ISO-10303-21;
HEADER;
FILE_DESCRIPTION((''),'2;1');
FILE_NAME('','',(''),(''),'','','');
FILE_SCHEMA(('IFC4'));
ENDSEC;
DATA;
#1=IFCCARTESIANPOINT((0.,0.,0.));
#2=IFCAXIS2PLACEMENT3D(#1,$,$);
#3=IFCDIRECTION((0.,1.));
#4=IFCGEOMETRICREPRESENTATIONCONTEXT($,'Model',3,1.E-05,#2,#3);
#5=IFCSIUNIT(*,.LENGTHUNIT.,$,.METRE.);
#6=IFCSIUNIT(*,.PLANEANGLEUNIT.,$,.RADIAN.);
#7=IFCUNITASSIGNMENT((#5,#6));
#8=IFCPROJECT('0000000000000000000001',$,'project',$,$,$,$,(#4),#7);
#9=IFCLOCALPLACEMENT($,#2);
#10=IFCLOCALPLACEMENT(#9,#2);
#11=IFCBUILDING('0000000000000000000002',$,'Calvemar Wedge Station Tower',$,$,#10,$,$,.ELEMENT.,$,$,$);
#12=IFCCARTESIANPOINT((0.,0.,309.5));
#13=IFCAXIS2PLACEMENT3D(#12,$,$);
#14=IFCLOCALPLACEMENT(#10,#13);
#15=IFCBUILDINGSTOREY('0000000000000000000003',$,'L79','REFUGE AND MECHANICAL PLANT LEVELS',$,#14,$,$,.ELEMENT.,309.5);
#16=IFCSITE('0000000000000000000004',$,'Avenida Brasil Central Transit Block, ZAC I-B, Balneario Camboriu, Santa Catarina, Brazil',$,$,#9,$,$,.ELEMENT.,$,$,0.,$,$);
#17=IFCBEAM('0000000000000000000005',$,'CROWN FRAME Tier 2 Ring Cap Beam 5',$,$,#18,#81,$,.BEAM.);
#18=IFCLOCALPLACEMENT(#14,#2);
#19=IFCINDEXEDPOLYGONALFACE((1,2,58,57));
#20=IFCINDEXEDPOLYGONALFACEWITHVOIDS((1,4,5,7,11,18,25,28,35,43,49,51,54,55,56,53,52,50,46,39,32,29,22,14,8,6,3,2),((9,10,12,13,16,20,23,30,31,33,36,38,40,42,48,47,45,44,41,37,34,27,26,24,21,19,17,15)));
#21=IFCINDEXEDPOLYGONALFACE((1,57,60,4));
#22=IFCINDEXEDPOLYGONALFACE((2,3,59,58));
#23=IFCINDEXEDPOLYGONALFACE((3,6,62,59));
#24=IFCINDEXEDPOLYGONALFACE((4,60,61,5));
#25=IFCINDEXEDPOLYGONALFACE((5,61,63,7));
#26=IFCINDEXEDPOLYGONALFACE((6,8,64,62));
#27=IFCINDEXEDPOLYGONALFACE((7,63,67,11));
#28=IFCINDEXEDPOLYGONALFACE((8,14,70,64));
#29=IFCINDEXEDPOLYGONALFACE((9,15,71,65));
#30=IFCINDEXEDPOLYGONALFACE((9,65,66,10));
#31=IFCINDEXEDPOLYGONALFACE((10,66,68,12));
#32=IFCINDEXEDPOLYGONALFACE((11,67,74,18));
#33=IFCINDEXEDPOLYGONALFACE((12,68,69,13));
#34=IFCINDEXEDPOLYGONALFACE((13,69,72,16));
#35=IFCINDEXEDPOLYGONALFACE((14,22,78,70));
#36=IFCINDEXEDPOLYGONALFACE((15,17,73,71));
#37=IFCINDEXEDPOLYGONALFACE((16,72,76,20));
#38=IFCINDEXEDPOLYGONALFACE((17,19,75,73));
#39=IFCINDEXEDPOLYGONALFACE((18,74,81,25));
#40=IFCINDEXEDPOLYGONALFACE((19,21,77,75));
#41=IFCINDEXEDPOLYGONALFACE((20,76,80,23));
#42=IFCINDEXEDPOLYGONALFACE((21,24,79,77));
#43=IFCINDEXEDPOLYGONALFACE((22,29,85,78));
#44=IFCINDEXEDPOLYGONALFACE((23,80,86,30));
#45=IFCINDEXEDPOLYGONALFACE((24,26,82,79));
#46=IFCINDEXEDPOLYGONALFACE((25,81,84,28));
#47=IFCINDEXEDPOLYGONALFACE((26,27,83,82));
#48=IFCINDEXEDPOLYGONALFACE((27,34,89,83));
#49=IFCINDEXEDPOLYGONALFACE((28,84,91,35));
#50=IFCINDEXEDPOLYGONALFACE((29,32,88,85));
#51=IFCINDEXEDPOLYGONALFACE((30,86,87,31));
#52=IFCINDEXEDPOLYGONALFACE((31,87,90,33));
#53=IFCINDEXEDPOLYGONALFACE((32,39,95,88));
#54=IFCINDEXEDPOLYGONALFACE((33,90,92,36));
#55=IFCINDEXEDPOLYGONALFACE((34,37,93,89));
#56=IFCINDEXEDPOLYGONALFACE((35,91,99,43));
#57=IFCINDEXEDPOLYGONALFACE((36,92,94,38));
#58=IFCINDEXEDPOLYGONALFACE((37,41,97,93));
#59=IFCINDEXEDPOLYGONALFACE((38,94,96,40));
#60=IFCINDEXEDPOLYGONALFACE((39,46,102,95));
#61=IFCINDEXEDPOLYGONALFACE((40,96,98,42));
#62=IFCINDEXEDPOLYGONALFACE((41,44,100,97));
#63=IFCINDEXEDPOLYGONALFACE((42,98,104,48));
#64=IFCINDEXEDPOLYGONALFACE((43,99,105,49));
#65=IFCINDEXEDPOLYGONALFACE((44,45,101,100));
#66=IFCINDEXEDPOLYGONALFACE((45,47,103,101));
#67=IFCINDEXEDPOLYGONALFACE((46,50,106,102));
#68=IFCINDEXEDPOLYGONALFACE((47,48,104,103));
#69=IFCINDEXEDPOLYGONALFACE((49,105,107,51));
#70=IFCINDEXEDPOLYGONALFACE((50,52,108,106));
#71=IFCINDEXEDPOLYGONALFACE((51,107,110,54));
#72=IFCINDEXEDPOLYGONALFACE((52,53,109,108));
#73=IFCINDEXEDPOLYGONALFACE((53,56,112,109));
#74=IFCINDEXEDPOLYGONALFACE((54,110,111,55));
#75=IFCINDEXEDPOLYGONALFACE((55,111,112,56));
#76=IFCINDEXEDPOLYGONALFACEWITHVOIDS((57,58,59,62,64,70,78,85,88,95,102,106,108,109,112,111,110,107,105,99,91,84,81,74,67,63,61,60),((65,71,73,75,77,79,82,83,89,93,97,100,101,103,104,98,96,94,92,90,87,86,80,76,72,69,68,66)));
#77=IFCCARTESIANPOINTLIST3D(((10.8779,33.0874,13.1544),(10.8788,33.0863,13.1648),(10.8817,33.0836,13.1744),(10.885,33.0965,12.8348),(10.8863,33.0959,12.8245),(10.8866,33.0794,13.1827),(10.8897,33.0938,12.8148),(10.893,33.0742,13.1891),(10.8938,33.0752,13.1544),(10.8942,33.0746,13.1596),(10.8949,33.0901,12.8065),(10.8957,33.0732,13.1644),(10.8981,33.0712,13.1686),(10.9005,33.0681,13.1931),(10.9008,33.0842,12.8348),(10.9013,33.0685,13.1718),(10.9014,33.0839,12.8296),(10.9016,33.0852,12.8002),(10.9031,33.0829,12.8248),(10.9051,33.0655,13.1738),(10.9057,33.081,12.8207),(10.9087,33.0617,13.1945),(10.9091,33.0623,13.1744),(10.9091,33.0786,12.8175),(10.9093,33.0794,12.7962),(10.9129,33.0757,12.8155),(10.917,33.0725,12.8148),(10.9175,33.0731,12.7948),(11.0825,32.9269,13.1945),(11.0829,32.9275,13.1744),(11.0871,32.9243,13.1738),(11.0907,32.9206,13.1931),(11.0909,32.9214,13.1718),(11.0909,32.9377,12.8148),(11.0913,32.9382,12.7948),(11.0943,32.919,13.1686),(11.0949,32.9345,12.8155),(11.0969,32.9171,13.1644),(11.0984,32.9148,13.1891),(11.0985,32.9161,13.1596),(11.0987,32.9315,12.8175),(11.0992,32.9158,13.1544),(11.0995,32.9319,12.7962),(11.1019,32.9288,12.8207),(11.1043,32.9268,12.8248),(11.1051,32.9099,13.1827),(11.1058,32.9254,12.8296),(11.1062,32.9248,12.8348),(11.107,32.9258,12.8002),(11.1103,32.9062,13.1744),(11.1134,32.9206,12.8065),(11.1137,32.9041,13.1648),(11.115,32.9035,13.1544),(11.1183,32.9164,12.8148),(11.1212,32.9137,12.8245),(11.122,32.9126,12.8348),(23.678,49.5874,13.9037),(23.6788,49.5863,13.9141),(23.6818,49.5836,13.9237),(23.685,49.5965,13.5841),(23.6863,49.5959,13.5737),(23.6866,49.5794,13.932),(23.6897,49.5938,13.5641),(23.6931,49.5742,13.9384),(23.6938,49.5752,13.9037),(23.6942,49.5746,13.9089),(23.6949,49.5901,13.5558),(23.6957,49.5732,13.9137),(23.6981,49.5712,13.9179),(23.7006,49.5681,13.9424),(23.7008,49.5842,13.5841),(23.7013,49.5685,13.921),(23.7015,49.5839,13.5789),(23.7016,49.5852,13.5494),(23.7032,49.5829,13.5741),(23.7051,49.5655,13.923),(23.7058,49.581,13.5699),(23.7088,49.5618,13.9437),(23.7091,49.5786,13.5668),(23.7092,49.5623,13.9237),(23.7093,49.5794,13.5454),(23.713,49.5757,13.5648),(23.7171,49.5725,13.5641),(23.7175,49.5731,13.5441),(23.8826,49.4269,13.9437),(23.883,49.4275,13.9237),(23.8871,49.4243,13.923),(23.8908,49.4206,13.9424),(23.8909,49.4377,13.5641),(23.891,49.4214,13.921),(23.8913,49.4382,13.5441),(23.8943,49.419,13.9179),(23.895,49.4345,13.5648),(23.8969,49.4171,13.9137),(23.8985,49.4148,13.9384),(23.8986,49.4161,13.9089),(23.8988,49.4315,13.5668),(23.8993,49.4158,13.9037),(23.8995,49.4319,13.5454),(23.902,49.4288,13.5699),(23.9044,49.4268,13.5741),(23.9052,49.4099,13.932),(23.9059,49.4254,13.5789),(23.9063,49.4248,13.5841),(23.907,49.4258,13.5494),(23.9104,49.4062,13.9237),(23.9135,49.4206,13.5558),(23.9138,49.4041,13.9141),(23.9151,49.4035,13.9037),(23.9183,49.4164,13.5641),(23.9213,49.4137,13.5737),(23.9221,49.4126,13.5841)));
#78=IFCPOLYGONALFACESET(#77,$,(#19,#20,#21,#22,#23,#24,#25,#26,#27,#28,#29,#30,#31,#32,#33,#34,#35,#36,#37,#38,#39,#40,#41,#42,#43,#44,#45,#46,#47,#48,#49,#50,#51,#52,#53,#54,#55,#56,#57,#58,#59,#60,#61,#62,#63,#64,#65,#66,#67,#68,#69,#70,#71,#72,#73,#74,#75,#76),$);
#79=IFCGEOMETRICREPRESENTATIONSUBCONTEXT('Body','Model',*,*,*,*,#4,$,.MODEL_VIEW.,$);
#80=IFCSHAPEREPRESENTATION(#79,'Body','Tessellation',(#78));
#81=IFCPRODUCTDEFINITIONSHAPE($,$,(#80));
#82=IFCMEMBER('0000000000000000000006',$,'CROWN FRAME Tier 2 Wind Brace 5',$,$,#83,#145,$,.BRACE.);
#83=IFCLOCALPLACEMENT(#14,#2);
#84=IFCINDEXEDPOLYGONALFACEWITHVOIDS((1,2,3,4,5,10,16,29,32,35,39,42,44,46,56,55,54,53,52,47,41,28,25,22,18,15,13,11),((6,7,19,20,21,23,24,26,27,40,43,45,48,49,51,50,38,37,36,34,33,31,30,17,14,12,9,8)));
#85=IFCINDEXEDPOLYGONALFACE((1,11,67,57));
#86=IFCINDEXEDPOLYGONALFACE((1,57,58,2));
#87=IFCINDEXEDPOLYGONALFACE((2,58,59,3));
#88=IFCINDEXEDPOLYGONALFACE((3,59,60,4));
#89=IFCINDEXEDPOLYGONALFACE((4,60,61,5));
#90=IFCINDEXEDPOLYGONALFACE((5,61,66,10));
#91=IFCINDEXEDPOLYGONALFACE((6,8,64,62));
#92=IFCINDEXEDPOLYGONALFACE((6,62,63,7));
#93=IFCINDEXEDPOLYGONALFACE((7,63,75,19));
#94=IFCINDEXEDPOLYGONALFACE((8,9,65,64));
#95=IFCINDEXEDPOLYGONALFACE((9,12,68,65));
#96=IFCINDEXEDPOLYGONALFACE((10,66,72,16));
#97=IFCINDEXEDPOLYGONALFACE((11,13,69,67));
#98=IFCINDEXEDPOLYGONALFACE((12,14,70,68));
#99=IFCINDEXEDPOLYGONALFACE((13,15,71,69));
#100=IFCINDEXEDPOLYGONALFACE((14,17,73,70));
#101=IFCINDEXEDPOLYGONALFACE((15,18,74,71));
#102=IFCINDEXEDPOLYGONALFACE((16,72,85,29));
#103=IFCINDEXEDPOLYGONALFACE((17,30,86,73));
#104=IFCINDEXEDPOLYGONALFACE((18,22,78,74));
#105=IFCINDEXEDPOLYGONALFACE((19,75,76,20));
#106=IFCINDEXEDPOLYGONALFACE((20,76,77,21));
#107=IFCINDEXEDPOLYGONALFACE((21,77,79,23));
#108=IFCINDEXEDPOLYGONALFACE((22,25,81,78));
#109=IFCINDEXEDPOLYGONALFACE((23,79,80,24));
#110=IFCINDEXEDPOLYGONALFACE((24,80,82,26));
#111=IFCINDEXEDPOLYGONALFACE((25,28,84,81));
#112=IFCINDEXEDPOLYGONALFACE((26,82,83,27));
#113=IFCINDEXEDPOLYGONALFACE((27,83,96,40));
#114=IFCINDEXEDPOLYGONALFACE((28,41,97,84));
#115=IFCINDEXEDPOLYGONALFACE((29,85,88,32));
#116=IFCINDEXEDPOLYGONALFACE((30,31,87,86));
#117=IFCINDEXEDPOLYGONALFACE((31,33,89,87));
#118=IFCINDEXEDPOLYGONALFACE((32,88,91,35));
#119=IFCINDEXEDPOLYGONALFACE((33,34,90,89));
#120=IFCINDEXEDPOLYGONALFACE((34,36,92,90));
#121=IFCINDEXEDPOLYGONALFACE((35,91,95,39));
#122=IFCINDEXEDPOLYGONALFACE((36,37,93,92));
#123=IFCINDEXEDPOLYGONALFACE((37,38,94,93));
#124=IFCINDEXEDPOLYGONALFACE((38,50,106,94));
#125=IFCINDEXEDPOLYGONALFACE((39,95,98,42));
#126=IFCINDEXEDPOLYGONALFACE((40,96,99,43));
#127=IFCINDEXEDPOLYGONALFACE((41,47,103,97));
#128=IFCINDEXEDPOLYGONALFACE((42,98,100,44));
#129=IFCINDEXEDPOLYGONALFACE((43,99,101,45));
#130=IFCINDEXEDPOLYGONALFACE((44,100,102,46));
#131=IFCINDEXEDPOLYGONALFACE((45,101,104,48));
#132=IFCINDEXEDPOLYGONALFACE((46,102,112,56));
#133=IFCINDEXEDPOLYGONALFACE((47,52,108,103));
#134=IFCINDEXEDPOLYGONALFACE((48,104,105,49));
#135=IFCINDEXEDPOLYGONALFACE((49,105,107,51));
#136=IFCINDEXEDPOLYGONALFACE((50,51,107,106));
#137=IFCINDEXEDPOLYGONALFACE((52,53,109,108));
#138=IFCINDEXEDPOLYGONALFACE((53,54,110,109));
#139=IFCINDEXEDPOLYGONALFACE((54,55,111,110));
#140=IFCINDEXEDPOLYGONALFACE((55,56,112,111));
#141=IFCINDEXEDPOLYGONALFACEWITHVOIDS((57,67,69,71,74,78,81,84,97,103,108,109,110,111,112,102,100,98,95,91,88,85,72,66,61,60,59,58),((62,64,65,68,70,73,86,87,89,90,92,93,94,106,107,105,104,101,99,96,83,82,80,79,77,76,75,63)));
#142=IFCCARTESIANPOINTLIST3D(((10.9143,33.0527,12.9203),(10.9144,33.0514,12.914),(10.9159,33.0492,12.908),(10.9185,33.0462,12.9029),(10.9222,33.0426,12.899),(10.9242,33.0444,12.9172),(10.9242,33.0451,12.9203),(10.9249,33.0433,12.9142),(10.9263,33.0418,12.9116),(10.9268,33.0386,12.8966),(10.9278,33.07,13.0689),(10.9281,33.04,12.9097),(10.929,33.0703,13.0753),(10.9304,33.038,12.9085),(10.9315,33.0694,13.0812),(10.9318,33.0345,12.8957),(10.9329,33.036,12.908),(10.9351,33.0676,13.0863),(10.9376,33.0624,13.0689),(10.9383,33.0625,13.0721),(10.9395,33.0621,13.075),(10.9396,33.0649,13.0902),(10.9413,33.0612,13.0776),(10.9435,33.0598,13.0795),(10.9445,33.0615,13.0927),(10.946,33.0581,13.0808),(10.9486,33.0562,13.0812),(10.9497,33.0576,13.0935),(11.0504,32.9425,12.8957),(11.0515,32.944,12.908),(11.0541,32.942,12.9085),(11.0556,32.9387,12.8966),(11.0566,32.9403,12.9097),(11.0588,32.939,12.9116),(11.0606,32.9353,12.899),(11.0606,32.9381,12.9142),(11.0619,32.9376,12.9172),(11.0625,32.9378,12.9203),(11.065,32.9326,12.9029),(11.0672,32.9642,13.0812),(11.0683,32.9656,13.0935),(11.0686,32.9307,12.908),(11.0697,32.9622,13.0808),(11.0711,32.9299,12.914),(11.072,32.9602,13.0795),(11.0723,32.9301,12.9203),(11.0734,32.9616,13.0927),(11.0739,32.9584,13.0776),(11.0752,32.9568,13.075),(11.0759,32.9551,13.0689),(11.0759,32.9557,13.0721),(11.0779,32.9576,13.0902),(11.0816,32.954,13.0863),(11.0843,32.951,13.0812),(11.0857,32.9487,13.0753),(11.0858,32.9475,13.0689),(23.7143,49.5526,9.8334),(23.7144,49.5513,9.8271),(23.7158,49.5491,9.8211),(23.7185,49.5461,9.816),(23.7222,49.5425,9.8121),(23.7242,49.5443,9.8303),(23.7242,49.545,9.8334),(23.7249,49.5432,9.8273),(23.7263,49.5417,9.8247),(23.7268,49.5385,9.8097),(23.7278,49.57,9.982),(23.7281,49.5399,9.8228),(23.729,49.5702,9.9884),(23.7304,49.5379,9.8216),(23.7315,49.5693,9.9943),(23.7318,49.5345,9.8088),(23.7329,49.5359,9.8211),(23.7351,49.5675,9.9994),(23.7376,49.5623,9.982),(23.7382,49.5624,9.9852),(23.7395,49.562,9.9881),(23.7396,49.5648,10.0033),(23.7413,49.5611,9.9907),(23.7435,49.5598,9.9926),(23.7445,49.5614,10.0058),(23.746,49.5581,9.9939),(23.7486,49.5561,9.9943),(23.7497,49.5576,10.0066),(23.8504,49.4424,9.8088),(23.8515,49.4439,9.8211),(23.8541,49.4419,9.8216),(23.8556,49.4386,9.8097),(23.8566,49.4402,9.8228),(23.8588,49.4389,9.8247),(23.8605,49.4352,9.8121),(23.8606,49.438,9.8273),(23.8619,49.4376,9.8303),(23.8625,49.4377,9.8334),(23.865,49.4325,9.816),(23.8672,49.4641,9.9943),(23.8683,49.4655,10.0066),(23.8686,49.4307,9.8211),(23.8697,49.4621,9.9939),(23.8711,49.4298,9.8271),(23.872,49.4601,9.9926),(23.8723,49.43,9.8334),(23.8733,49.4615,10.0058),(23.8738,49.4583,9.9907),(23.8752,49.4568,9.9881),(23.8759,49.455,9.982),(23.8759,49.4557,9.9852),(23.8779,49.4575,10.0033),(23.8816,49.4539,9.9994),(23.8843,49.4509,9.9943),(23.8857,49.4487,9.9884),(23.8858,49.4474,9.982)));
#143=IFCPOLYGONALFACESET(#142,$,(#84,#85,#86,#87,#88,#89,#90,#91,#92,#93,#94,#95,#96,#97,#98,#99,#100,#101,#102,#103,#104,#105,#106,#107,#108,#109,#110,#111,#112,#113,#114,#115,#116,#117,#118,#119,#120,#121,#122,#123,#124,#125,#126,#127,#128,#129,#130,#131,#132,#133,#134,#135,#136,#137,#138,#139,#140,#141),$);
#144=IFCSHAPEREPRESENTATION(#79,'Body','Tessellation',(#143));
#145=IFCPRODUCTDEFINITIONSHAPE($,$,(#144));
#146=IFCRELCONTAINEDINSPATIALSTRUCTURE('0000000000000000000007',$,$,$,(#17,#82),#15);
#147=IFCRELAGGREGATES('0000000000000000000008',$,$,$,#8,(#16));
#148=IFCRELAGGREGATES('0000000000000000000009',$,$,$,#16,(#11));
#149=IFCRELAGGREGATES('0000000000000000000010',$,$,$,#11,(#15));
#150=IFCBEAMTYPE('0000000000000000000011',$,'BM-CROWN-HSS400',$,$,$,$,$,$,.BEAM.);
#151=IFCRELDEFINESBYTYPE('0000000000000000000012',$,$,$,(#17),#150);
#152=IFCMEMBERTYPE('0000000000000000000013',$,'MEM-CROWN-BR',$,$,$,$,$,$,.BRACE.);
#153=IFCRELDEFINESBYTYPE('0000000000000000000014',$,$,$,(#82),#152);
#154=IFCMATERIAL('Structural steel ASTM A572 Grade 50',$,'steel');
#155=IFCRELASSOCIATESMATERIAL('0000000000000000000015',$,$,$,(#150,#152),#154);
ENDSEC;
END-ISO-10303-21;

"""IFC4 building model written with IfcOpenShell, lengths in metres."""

from ifc_helpers import new_model, si_unit, direction, frame, origin, origin_2d, place, context, subcontext, project, spatial, hollow_rectangle, extrude, source, transform, mapped, material, material_profile, profile_set, type_object, element, save


model = new_model("IFC4")

# Units and contexts
model_context = context("Model", 3, precision=1e-05, world=origin(), true_north=direction((0.0, 1.0)))
body_context = subcontext(model_context, "Body", "Model", "MODEL_VIEW")
ifc_project = project(units=[si_unit("LENGTHUNIT", "METRE"), si_unit("PLANEANGLEUNIT", "RADIAN")], contexts=[model_context])

# Site, building, storey
site_placement = place(None, origin())
site = spatial("IfcSite", under=ifc_project, at=site_placement, Name="Avenida Brasil Central Transit Block, ZAC I-B, Balneario Camboriu, Santa Catarina, Brazil", CompositionType="ELEMENT", RefElevation=0.0)
building_placement = place(site_placement, origin())
building = spatial("IfcBuilding", under=site, at=building_placement, Name="Calvemar Wedge Station Tower", CompositionType="ELEMENT")
storey_placement = place(building_placement, frame((0.0, 0.0, 309.5)))
storey = spatial("IfcBuildingStorey", under=building, at=storey_placement, Name="L79", Description="REFUGE AND MECHANICAL PLANT LEVELS", CompositionType="ELEMENT", Elevation=309.5)

# Shared definitions
ifc_material_1 = material(Name="Structural steel ASTM A572 Grade 50", Category="steel")

# Shared definitions
ifc_material_profile_1 = material_profile(ifc_material_1, hollow_rectangle(XDim=0.3, YDim=0.3999, WallThickness=0.02, InnerFilletRadius=0.02, OuterFilletRadius=0.04, at=origin_2d()), Name="HSS400x300x20")
ifc_profile_set_1 = profile_set([ifc_material_profile_1], Name="Structural steel ASTM A572 Grade 50")
beam_type = type_object("IfcBeamType", Name="BM-CROWN-HSS400", PredefinedType="BEAM", material=ifc_profile_set_1)

# Shared definitions
ifc_material_profile_2 = material_profile(ifc_material_1, hollow_rectangle(XDim=0.2, YDim=0.2, WallThickness=0.0125, InnerFilletRadius=0.0125, OuterFilletRadius=0.0249, at=origin_2d()), Name="HSS200x200x12.5")
ifc_profile_set_2 = profile_set([ifc_material_profile_2], Name="Structural steel ASTM A572 Grade 50")
member_type = type_object("IfcMemberType", Name="MEM-CROWN-BR", PredefinedType="BRACE", material=ifc_profile_set_2)

# Beam
shared_shape_1 = source(origin(), body_context, "Body", "SweptSolid", [
    extrude(hollow_rectangle(XDim=0.3, YDim=0.3999, WallThickness=0.02, InnerFilletRadius=0.02, OuterFilletRadius=0.04, at=origin_2d()), origin(), (0.0, 0.0, 1.0), 20.8962),
])
beam_1_placement = place(storey_placement, frame((23.8, 49.5, 13.7439), z_axis=(-0.612553, -0.789616, -0.035857), x_axis=(0.790124, -0.612947, 0.0)))
element("IfcBeam", 1, at=beam_1_placement, inside=storey, type_object=beam_type, Name="CROWN FRAME Tier 2 Ring Cap Beam 5", PredefinedType="BEAM", context=body_context, shape_type="MappedRepresentation", body=[
    mapped(shared_shape_1, transform((0.0, 0.0, 0.0), scale=1.0)),
])

# Member
shared_shape_2 = source(origin(), body_context, "Body", "SweptSolid", [
    extrude(hollow_rectangle(XDim=0.2, YDim=0.2, WallThickness=0.0125, InnerFilletRadius=0.0125, OuterFilletRadius=0.0249, at=origin_2d()), origin(), (0.0, 0.0, 1.0), 21.1096),
])
member_1_placement = place(storey_placement, frame((23.8, 49.5, 9.9077), z_axis=(-0.606358, -0.78163, 0.146232), x_axis=(0.790124, -0.612947, 0.0)))
element("IfcMember", 2, at=member_1_placement, inside=storey, type_object=member_type, Name="CROWN FRAME Tier 2 Wind Brace 5", PredefinedType="BRACE", context=body_context, shape_type="MappedRepresentation", body=[
    mapped(shared_shape_2, transform((0.0, 0.0, 0.0), scale=1.0)),
])

save(model, "model.ifc")
